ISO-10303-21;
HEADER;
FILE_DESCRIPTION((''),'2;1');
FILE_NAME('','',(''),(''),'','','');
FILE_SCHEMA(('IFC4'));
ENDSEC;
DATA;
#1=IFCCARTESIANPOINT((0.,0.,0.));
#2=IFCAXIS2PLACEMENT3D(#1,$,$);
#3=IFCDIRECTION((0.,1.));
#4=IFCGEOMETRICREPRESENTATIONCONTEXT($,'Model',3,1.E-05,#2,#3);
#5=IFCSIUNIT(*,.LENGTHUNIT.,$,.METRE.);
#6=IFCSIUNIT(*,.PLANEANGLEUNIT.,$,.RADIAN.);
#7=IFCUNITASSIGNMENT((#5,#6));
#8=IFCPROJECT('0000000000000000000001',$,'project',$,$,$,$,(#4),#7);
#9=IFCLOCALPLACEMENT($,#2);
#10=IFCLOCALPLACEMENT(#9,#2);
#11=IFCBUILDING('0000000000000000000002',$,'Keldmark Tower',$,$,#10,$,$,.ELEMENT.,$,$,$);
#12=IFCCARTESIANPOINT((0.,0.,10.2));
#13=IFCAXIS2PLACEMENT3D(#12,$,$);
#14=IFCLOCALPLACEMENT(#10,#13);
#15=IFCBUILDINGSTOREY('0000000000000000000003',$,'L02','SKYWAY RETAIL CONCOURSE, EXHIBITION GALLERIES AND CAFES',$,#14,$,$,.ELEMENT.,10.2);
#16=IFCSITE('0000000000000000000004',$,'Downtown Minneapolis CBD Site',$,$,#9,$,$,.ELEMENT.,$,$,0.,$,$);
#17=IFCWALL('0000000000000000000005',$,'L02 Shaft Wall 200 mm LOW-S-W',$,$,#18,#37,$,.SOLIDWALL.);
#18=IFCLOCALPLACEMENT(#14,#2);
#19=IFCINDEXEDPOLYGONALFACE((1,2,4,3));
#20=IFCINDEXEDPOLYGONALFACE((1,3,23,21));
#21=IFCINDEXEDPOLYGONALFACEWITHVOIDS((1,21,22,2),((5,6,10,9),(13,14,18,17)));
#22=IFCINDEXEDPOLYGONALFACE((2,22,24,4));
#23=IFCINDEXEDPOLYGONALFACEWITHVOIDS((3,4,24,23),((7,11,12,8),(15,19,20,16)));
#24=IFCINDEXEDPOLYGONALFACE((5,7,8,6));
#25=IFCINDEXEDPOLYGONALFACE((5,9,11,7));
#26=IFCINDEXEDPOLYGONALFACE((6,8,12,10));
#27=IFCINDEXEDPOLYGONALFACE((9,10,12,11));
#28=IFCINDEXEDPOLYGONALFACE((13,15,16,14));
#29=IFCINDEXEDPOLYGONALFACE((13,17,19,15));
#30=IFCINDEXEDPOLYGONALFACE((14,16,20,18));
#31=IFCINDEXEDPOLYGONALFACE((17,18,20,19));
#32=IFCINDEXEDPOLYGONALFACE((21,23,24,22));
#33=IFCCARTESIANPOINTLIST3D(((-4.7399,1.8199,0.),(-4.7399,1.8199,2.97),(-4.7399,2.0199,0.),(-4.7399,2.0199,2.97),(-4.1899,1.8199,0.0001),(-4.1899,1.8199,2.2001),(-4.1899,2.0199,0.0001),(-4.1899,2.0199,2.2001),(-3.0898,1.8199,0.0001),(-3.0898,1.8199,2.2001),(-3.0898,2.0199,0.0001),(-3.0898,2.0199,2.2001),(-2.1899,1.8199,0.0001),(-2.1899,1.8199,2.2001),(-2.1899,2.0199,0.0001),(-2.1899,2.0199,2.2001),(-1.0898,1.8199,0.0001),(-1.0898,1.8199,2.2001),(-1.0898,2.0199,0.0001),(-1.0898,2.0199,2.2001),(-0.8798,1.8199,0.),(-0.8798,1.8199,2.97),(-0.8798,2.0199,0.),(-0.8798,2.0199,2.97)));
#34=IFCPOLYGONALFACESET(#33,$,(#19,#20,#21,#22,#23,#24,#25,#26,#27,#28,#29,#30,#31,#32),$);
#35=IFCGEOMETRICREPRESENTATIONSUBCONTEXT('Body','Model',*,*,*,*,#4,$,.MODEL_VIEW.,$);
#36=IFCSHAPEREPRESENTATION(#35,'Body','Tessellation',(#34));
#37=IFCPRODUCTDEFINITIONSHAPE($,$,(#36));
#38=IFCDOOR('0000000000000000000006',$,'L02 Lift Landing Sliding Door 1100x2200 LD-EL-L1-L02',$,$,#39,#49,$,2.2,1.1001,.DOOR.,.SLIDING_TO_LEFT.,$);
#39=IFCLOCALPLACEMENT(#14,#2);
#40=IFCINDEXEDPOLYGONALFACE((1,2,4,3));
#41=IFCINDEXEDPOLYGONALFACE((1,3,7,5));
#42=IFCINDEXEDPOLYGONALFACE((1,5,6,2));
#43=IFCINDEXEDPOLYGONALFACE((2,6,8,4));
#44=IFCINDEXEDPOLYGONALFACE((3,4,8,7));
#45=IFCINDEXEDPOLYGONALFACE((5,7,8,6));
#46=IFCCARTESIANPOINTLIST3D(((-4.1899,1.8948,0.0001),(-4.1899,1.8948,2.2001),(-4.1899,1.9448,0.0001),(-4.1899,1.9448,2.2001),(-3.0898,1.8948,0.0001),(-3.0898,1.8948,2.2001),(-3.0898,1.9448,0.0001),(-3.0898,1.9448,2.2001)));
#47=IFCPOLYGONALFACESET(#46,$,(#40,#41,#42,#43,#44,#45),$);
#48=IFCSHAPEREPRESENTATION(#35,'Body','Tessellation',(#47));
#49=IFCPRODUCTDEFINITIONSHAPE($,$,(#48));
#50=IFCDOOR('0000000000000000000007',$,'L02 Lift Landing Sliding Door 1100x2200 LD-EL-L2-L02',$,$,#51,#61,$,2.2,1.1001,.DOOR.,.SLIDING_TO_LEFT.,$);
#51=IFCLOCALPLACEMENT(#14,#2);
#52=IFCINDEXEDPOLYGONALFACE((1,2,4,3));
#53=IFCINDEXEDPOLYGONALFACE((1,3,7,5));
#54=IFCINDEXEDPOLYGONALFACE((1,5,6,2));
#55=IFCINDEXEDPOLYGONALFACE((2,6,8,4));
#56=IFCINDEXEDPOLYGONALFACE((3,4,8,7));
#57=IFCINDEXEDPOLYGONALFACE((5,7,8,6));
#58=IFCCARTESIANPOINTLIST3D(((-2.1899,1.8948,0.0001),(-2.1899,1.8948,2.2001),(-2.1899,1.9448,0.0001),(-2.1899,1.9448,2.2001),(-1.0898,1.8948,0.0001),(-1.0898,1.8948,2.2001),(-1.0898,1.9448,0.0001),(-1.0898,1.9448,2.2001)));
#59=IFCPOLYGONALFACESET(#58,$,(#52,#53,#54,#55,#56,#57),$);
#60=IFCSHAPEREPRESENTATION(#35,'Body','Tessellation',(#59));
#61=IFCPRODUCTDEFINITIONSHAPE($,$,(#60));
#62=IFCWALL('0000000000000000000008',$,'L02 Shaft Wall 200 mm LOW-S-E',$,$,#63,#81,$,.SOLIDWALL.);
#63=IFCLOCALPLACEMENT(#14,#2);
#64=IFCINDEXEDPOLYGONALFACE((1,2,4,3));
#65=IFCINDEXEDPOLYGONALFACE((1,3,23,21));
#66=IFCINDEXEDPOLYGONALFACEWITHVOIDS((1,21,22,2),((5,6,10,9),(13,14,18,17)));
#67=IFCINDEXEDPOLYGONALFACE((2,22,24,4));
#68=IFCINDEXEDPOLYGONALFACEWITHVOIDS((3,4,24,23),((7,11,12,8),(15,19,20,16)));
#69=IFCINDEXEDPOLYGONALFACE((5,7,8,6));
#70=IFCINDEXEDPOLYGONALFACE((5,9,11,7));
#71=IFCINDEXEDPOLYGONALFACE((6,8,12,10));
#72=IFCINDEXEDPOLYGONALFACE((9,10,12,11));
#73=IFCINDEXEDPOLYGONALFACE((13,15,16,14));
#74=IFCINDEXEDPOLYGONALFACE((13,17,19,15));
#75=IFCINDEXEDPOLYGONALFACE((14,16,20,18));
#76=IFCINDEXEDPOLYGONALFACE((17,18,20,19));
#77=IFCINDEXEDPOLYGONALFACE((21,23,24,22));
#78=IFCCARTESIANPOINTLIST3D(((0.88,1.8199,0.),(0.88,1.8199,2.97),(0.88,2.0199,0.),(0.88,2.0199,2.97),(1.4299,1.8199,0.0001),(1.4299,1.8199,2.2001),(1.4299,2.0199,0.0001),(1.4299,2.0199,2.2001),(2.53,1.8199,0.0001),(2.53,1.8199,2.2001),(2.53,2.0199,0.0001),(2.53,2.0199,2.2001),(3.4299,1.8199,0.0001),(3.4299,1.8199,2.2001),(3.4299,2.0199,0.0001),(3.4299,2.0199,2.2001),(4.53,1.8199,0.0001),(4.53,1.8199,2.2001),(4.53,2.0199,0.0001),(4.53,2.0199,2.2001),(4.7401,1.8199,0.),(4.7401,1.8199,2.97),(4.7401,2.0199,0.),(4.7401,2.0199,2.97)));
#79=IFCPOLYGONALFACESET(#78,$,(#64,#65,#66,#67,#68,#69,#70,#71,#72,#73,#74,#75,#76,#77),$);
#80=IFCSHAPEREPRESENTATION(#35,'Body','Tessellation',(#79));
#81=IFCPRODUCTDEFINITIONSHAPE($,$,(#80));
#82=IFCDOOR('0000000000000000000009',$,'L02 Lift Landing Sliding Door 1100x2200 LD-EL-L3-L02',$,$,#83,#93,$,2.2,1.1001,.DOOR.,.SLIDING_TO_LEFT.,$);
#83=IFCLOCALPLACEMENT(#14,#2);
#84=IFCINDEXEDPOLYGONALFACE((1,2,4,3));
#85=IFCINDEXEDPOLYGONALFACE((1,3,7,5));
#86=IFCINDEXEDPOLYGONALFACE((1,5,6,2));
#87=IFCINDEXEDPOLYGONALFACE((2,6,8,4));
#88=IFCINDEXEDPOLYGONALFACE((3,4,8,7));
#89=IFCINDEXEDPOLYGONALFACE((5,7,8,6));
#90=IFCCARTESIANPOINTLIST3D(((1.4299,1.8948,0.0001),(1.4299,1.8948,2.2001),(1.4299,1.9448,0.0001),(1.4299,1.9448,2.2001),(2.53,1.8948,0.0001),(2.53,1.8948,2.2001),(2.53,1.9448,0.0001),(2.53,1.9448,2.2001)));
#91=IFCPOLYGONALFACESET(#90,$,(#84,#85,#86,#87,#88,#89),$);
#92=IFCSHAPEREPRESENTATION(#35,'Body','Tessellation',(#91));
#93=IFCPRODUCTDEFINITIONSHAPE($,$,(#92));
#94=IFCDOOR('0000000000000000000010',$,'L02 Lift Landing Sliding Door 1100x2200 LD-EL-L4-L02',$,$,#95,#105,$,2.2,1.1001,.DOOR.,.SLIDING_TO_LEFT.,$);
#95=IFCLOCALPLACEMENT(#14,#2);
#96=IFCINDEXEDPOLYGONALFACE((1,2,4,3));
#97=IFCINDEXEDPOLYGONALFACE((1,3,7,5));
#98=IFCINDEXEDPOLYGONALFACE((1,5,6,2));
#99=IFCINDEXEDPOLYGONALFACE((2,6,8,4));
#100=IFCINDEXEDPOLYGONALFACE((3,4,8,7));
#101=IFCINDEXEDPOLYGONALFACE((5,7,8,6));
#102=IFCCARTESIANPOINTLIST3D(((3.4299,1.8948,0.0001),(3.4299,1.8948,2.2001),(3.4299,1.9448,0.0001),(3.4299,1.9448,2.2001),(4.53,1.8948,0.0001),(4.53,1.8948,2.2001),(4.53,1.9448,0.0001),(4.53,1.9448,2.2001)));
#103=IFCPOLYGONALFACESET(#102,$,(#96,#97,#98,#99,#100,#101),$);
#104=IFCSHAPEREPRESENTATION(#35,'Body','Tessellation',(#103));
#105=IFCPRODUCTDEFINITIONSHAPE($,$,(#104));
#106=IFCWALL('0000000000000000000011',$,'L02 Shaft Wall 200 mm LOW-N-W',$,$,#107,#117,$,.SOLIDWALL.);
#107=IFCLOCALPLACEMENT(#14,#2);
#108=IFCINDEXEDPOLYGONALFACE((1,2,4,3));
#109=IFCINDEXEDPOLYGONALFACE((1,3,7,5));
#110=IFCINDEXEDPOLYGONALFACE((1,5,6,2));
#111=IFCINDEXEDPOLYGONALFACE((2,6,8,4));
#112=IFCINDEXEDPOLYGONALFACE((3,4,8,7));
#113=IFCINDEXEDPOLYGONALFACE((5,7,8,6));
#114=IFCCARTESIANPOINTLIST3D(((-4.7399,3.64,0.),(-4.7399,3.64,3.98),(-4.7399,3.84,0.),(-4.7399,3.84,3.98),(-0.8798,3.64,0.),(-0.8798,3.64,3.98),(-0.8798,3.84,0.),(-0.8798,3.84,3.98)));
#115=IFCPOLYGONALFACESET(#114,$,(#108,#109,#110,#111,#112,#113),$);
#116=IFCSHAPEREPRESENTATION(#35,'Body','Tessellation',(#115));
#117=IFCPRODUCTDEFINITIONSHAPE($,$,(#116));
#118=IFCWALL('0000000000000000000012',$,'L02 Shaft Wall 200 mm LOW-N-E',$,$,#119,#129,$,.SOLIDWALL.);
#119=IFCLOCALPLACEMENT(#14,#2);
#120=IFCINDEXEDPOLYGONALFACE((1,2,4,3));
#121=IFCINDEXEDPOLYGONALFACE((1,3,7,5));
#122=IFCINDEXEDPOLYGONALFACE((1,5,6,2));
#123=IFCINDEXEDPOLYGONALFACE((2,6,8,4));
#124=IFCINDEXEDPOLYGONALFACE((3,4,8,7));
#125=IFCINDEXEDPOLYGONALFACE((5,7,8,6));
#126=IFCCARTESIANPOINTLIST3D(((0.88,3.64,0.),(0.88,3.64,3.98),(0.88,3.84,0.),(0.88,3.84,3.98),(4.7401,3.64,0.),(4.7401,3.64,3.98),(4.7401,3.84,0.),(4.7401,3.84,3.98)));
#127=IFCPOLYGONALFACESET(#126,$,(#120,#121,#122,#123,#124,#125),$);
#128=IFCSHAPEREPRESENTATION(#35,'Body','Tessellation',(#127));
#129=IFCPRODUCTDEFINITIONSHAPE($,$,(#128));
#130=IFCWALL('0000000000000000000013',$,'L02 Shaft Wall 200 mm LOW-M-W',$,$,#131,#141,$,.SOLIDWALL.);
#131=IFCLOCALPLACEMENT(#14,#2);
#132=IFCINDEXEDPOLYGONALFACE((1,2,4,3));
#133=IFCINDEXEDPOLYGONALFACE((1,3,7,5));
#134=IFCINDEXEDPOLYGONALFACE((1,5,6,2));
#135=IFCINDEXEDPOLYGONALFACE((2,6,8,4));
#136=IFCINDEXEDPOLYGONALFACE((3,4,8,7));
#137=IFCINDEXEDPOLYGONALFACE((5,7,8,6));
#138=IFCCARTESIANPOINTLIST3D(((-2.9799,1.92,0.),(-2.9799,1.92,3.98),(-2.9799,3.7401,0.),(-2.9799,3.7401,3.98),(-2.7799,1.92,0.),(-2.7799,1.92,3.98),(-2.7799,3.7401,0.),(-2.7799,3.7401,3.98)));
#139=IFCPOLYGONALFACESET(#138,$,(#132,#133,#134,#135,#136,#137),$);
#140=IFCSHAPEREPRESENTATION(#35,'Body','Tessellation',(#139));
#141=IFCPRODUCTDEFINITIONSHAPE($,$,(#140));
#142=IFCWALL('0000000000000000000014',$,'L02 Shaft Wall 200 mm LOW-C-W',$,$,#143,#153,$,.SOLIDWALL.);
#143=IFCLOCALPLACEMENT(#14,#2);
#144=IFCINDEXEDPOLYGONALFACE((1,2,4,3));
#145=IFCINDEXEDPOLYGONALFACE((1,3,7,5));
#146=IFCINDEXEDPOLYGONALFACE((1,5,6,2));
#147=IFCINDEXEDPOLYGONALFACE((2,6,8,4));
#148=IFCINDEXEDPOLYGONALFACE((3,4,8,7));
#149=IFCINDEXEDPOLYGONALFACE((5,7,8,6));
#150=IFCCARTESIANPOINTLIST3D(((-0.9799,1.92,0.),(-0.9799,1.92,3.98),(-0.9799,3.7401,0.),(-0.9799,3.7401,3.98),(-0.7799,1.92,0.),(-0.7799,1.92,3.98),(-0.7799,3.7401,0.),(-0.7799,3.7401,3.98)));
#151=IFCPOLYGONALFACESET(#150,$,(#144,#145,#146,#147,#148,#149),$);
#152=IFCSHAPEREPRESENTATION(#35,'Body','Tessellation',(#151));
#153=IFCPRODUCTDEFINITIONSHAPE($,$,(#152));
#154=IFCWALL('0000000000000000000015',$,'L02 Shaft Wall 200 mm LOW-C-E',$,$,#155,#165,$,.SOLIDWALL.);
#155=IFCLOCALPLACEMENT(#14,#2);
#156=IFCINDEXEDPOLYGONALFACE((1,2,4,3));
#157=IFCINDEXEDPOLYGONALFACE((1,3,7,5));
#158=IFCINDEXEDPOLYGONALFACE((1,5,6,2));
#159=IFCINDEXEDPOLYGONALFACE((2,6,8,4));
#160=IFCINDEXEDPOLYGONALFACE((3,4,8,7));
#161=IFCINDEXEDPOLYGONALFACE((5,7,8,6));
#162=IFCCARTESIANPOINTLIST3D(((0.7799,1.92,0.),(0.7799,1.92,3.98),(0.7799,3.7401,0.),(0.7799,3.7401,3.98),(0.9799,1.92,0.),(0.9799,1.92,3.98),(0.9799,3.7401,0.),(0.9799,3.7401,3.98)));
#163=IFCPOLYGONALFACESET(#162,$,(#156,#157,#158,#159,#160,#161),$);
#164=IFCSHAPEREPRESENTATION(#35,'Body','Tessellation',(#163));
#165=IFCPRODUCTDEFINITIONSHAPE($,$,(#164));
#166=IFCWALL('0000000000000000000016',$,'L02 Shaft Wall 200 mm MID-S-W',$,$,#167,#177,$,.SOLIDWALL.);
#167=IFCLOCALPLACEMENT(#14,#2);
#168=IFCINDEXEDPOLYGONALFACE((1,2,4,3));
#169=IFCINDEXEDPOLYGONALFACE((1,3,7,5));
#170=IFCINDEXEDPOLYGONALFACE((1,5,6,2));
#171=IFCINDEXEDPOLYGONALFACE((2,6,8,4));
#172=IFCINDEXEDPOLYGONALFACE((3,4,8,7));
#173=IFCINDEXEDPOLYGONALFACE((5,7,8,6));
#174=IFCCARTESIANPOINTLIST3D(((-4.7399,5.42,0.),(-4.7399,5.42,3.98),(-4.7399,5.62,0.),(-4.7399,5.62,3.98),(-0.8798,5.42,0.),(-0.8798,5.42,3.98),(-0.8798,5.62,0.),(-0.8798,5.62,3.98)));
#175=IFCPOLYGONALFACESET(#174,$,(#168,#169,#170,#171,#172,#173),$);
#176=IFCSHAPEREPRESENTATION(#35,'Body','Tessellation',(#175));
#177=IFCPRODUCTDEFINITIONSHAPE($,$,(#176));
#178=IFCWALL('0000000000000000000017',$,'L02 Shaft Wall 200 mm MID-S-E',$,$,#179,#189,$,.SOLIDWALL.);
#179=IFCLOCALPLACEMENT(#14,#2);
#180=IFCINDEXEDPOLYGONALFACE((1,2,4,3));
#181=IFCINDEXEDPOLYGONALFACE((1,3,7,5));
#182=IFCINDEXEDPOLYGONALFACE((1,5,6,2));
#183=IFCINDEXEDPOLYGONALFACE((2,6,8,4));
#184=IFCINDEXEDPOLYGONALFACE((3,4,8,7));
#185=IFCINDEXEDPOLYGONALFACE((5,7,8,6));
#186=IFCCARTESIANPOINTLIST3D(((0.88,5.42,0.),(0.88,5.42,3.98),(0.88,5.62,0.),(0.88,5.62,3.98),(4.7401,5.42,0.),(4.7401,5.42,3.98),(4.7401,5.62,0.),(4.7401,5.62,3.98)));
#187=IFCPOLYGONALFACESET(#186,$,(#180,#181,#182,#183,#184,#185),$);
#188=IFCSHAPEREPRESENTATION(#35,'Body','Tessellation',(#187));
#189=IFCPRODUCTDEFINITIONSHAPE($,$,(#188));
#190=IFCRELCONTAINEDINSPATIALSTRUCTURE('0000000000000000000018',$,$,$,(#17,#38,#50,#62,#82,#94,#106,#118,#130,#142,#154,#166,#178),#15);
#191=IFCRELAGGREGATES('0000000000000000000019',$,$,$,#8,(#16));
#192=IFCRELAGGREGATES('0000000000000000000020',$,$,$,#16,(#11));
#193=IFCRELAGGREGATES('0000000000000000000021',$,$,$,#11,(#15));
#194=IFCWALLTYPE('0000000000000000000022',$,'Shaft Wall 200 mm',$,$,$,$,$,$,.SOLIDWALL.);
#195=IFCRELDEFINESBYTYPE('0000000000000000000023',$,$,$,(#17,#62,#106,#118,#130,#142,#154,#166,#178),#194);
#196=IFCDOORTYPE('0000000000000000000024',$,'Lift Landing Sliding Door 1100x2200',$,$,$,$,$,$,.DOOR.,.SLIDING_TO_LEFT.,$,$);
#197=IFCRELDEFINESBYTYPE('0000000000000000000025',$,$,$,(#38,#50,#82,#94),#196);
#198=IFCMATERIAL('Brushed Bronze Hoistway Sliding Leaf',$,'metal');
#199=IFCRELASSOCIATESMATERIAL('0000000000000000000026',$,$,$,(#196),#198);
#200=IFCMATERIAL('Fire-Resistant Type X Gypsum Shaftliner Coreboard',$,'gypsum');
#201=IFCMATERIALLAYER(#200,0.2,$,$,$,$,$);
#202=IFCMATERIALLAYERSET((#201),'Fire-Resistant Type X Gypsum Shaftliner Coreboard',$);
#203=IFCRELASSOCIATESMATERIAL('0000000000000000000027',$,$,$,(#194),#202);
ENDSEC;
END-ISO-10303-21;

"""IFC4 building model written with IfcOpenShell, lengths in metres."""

from ifc_helpers import new_model, si_unit, direction, frame, frame_2d, origin, place, context, subcontext, project, spatial, rectangle, extrude, material, layer, layer_set, type_object, element, fill, save


model = new_model("IFC4")

# Units and contexts
model_context = context("Model", 3, precision=1e-05, world=origin(), true_north=direction((0.0, 1.0)))
body_context = subcontext(model_context, "Body", "Model", "MODEL_VIEW")
ifc_project = project(units=[si_unit("LENGTHUNIT", "METRE"), si_unit("PLANEANGLEUNIT", "RADIAN")], contexts=[model_context])

# Site, building, storey
site_placement = place(None, origin())
site = spatial("IfcSite", under=ifc_project, at=site_placement, Name="Downtown Minneapolis CBD Site", CompositionType="ELEMENT", RefElevation=0.0)
building_placement = place(site_placement, origin())
building = spatial("IfcBuilding", under=site, at=building_placement, Name="Keldmark Tower", CompositionType="ELEMENT")
storey_placement = place(building_placement, frame((0.0, 0.0, 10.2)))
storey = spatial("IfcBuildingStorey", under=building, at=storey_placement, Name="L02", Description="SKYWAY RETAIL CONCOURSE, EXHIBITION GALLERIES AND CAFES", CompositionType="ELEMENT", Elevation=10.2)

# Walls, openings, doors
ifc_material_1 = material(Name="Brushed Bronze Hoistway Sliding Leaf", Category="metal")
door_type_1 = type_object("IfcDoorType", Name="Lift Landing Sliding Door 1100x2200", OperationType="SLIDING_TO_LEFT", PredefinedType="DOOR", material=ifc_material_1)
ifc_material_2 = material(Name="Fire-Resistant Type X Gypsum Shaftliner Coreboard", Category="gypsum")
ifc_layer_1 = layer(ifc_material_2, 0.2)
ifc_layer_set_1 = layer_set([ifc_layer_1], Name="Fire-Resistant Type X Gypsum Shaftliner Coreboard")
wall_type_1 = type_object("IfcWallType", Name="Shaft Wall 200 mm", PredefinedType="SOLIDWALL", material=ifc_layer_set_1)
wall_1_placement = place(storey_placement, frame((-4.74, 1.9199, 0.0), z_axis=(0.0, 0.0, 1.0), x_axis=(1.0, 0.0, 0.0)))
wall_1 = element("IfcWall", 1, at=wall_1_placement, inside=storey, type_object=wall_type_1, Name="L02 Shaft Wall 200 mm LOW-S-W", PredefinedType="SOLIDWALL", context=body_context, shape_type="SweptSolid", body=[
    extrude(rectangle(XDim=3.8601, YDim=0.2, at=frame_2d((1.9302, 0.0))), origin(), (0.0, 0.0, 1.0), 2.97),
])
opening_1_placement = place(wall_1_placement, frame((0.55, 0.0, 0.0)))
opening_1 = element("IfcOpeningElement", 2, at=opening_1_placement, cuts=wall_1, PredefinedType="OPENING", context=body_context, shape_type="SweptSolid", body=[
    extrude(rectangle(XDim=1.1001, YDim=2.2, at=frame_2d((0.55, 1.1001))), frame((0.0, 0.1099, 0.0), z_axis=(0.0, -1.0, 0.0), x_axis=(1.0, 0.0, 0.0)), (0.0, 0.0, 1.0), 0.22),
])
opening_2_placement = place(wall_1_placement, frame((2.55, 0.0, 0.0)))
opening_2 = element("IfcOpeningElement", 3, at=opening_2_placement, cuts=wall_1, PredefinedType="OPENING", context=body_context, shape_type="SweptSolid", body=[
    extrude(rectangle(XDim=1.1001, YDim=2.2, at=frame_2d((0.55, 1.1001))), frame((0.0, 0.1099, 0.0), z_axis=(0.0, -1.0, 0.0), x_axis=(1.0, 0.0, 0.0)), (0.0, 0.0, 1.0), 0.22),
])
door_1_placement = place(opening_1_placement, origin())
door_1 = element("IfcDoor", 4, at=door_1_placement, inside=storey, type_object=door_type_1, Name="L02 Lift Landing Sliding Door 1100x2200 LD-EL-L1-L02", OperationType="SLIDING_TO_LEFT", OverallHeight=2.2, OverallWidth=1.1001, PredefinedType="DOOR", context=body_context, shape_type="SweptSolid", body=[
    extrude(rectangle(XDim=1.1001, YDim=2.2, at=frame_2d((0.55, 1.1001))), frame((0.0, 0.0249, 0.0), z_axis=(0.0, -1.0, 0.0), x_axis=(1.0, 0.0, 0.0)), (0.0, 0.0, 1.0), 0.05),
])
fill(opening_1, door_1)
door_2_placement = place(opening_2_placement, origin())
door_2 = element("IfcDoor", 5, at=door_2_placement, inside=storey, type_object=door_type_1, Name="L02 Lift Landing Sliding Door 1100x2200 LD-EL-L2-L02", OperationType="SLIDING_TO_LEFT", OverallHeight=2.2, OverallWidth=1.1001, PredefinedType="DOOR", context=body_context, shape_type="SweptSolid", body=[
    extrude(rectangle(XDim=1.1001, YDim=2.2, at=frame_2d((0.55, 1.1001))), frame((0.0, 0.0249, 0.0), z_axis=(0.0, -1.0, 0.0), x_axis=(1.0, 0.0, 0.0)), (0.0, 0.0, 1.0), 0.05),
])
fill(opening_2, door_2)
wall_2_placement = place(storey_placement, frame((0.8799, 1.9199, 0.0), z_axis=(0.0, 0.0, 1.0), x_axis=(1.0, 0.0, 0.0)))
wall_2 = element("IfcWall", 6, at=wall_2_placement, inside=storey, type_object=wall_type_1, Name="L02 Shaft Wall 200 mm LOW-S-E", PredefinedType="SOLIDWALL", context=body_context, shape_type="SweptSolid", body=[
    extrude(rectangle(XDim=3.8601, YDim=0.2, at=frame_2d((1.9302, 0.0))), origin(), (0.0, 0.0, 1.0), 2.97),
])
opening_3_placement = place(wall_2_placement, frame((0.55, 0.0, 0.0)))
opening_3 = element("IfcOpeningElement", 7, at=opening_3_placement, cuts=wall_2, PredefinedType="OPENING", context=body_context, shape_type="SweptSolid", body=[
    extrude(rectangle(XDim=1.1001, YDim=2.2, at=frame_2d((0.55, 1.1001))), frame((0.0, 0.1099, 0.0), z_axis=(0.0, -1.0, 0.0), x_axis=(1.0, 0.0, 0.0)), (0.0, 0.0, 1.0), 0.22),
])
opening_4_placement = place(wall_2_placement, frame((2.55, 0.0, 0.0)))
opening_4 = element("IfcOpeningElement", 8, at=opening_4_placement, cuts=wall_2, PredefinedType="OPENING", context=body_context, shape_type="SweptSolid", body=[
    extrude(rectangle(XDim=1.1001, YDim=2.2, at=frame_2d((0.55, 1.1001))), frame((0.0, 0.1099, 0.0), z_axis=(0.0, -1.0, 0.0), x_axis=(1.0, 0.0, 0.0)), (0.0, 0.0, 1.0), 0.22),
])
door_3_placement = place(opening_3_placement, origin())
door_3 = element("IfcDoor", 9, at=door_3_placement, inside=storey, type_object=door_type_1, Name="L02 Lift Landing Sliding Door 1100x2200 LD-EL-L3-L02", OperationType="SLIDING_TO_LEFT", OverallHeight=2.2, OverallWidth=1.1001, PredefinedType="DOOR", context=body_context, shape_type="SweptSolid", body=[
    extrude(rectangle(XDim=1.1001, YDim=2.2, at=frame_2d((0.55, 1.1001))), frame((0.0, 0.0249, 0.0), z_axis=(0.0, -1.0, 0.0), x_axis=(1.0, 0.0, 0.0)), (0.0, 0.0, 1.0), 0.05),
])
fill(opening_3, door_3)
door_4_placement = place(opening_4_placement, origin())
door_4 = element("IfcDoor", 10, at=door_4_placement, inside=storey, type_object=door_type_1, Name="L02 Lift Landing Sliding Door 1100x2200 LD-EL-L4-L02", OperationType="SLIDING_TO_LEFT", OverallHeight=2.2, OverallWidth=1.1001, PredefinedType="DOOR", context=body_context, shape_type="SweptSolid", body=[
    extrude(rectangle(XDim=1.1001, YDim=2.2, at=frame_2d((0.55, 1.1001))), frame((0.0, 0.0249, 0.0), z_axis=(0.0, -1.0, 0.0), x_axis=(1.0, 0.0, 0.0)), (0.0, 0.0, 1.0), 0.05),
])
fill(opening_4, door_4)

# Walls
for number, where, z_axis, x_axis, name in (
    (11, (-4.74, 3.74, 0.0), (0.0, 0.0, 1.0), (1.0, 0.0, 0.0), "L02 Shaft Wall 200 mm LOW-N-W"),
    (12, (0.8799, 3.74, 0.0), (0.0, 0.0, 1.0), (1.0, 0.0, 0.0), "L02 Shaft Wall 200 mm LOW-N-E"),
):
    element("IfcWall", number, at=place(storey_placement, frame(where, z_axis=z_axis, x_axis=x_axis)), inside=storey, type_object=wall_type_1, Name=name, PredefinedType="SOLIDWALL", context=body_context, shape_type="SweptSolid", body=[
        extrude(rectangle(XDim=3.8601, YDim=0.2, at=frame_2d((1.9302, 0.0))), origin(), (0.0, 0.0, 1.0), 3.98),
    ])
for number, where, z_axis, x_axis, name in (
    (13, (-2.8799, 1.9199, 0.0), (0.0, 0.0, 1.0), (0.0, 1.0, 0.0), "L02 Shaft Wall 200 mm LOW-M-W"),
    (14, (-0.8799, 1.9199, 0.0), (0.0, 0.0, 1.0), (0.0, 1.0, 0.0), "L02 Shaft Wall 200 mm LOW-C-W"),
    (15, (0.8799, 1.9199, 0.0), (0.0, 0.0, 1.0), (0.0, 1.0, 0.0), "L02 Shaft Wall 200 mm LOW-C-E"),
):
    element("IfcWall", number, at=place(storey_placement, frame(where, z_axis=z_axis, x_axis=x_axis)), inside=storey, type_object=wall_type_1, Name=name, PredefinedType="SOLIDWALL", context=body_context, shape_type="SweptSolid", body=[
        extrude(rectangle(XDim=1.8201, YDim=0.2, at=frame_2d((0.9102, 0.0))), origin(), (0.0, 0.0, 1.0), 3.98),
    ])
for number, where, z_axis, x_axis, name in (
    (16, (-4.74, 5.52, 0.0), (0.0, 0.0, 1.0), (1.0, 0.0, 0.0), "L02 Shaft Wall 200 mm MID-S-W"),
    (17, (0.8799, 5.52, 0.0), (0.0, 0.0, 1.0), (1.0, 0.0, 0.0), "L02 Shaft Wall 200 mm MID-S-E"),
):
    element("IfcWall", number, at=place(storey_placement, frame(where, z_axis=z_axis, x_axis=x_axis)), inside=storey, type_object=wall_type_1, Name=name, PredefinedType="SOLIDWALL", context=body_context, shape_type="SweptSolid", body=[
        extrude(rectangle(XDim=3.8601, YDim=0.2, at=frame_2d((1.9302, 0.0))), origin(), (0.0, 0.0, 1.0), 3.98),
    ])

save(model, "model.ifc")
